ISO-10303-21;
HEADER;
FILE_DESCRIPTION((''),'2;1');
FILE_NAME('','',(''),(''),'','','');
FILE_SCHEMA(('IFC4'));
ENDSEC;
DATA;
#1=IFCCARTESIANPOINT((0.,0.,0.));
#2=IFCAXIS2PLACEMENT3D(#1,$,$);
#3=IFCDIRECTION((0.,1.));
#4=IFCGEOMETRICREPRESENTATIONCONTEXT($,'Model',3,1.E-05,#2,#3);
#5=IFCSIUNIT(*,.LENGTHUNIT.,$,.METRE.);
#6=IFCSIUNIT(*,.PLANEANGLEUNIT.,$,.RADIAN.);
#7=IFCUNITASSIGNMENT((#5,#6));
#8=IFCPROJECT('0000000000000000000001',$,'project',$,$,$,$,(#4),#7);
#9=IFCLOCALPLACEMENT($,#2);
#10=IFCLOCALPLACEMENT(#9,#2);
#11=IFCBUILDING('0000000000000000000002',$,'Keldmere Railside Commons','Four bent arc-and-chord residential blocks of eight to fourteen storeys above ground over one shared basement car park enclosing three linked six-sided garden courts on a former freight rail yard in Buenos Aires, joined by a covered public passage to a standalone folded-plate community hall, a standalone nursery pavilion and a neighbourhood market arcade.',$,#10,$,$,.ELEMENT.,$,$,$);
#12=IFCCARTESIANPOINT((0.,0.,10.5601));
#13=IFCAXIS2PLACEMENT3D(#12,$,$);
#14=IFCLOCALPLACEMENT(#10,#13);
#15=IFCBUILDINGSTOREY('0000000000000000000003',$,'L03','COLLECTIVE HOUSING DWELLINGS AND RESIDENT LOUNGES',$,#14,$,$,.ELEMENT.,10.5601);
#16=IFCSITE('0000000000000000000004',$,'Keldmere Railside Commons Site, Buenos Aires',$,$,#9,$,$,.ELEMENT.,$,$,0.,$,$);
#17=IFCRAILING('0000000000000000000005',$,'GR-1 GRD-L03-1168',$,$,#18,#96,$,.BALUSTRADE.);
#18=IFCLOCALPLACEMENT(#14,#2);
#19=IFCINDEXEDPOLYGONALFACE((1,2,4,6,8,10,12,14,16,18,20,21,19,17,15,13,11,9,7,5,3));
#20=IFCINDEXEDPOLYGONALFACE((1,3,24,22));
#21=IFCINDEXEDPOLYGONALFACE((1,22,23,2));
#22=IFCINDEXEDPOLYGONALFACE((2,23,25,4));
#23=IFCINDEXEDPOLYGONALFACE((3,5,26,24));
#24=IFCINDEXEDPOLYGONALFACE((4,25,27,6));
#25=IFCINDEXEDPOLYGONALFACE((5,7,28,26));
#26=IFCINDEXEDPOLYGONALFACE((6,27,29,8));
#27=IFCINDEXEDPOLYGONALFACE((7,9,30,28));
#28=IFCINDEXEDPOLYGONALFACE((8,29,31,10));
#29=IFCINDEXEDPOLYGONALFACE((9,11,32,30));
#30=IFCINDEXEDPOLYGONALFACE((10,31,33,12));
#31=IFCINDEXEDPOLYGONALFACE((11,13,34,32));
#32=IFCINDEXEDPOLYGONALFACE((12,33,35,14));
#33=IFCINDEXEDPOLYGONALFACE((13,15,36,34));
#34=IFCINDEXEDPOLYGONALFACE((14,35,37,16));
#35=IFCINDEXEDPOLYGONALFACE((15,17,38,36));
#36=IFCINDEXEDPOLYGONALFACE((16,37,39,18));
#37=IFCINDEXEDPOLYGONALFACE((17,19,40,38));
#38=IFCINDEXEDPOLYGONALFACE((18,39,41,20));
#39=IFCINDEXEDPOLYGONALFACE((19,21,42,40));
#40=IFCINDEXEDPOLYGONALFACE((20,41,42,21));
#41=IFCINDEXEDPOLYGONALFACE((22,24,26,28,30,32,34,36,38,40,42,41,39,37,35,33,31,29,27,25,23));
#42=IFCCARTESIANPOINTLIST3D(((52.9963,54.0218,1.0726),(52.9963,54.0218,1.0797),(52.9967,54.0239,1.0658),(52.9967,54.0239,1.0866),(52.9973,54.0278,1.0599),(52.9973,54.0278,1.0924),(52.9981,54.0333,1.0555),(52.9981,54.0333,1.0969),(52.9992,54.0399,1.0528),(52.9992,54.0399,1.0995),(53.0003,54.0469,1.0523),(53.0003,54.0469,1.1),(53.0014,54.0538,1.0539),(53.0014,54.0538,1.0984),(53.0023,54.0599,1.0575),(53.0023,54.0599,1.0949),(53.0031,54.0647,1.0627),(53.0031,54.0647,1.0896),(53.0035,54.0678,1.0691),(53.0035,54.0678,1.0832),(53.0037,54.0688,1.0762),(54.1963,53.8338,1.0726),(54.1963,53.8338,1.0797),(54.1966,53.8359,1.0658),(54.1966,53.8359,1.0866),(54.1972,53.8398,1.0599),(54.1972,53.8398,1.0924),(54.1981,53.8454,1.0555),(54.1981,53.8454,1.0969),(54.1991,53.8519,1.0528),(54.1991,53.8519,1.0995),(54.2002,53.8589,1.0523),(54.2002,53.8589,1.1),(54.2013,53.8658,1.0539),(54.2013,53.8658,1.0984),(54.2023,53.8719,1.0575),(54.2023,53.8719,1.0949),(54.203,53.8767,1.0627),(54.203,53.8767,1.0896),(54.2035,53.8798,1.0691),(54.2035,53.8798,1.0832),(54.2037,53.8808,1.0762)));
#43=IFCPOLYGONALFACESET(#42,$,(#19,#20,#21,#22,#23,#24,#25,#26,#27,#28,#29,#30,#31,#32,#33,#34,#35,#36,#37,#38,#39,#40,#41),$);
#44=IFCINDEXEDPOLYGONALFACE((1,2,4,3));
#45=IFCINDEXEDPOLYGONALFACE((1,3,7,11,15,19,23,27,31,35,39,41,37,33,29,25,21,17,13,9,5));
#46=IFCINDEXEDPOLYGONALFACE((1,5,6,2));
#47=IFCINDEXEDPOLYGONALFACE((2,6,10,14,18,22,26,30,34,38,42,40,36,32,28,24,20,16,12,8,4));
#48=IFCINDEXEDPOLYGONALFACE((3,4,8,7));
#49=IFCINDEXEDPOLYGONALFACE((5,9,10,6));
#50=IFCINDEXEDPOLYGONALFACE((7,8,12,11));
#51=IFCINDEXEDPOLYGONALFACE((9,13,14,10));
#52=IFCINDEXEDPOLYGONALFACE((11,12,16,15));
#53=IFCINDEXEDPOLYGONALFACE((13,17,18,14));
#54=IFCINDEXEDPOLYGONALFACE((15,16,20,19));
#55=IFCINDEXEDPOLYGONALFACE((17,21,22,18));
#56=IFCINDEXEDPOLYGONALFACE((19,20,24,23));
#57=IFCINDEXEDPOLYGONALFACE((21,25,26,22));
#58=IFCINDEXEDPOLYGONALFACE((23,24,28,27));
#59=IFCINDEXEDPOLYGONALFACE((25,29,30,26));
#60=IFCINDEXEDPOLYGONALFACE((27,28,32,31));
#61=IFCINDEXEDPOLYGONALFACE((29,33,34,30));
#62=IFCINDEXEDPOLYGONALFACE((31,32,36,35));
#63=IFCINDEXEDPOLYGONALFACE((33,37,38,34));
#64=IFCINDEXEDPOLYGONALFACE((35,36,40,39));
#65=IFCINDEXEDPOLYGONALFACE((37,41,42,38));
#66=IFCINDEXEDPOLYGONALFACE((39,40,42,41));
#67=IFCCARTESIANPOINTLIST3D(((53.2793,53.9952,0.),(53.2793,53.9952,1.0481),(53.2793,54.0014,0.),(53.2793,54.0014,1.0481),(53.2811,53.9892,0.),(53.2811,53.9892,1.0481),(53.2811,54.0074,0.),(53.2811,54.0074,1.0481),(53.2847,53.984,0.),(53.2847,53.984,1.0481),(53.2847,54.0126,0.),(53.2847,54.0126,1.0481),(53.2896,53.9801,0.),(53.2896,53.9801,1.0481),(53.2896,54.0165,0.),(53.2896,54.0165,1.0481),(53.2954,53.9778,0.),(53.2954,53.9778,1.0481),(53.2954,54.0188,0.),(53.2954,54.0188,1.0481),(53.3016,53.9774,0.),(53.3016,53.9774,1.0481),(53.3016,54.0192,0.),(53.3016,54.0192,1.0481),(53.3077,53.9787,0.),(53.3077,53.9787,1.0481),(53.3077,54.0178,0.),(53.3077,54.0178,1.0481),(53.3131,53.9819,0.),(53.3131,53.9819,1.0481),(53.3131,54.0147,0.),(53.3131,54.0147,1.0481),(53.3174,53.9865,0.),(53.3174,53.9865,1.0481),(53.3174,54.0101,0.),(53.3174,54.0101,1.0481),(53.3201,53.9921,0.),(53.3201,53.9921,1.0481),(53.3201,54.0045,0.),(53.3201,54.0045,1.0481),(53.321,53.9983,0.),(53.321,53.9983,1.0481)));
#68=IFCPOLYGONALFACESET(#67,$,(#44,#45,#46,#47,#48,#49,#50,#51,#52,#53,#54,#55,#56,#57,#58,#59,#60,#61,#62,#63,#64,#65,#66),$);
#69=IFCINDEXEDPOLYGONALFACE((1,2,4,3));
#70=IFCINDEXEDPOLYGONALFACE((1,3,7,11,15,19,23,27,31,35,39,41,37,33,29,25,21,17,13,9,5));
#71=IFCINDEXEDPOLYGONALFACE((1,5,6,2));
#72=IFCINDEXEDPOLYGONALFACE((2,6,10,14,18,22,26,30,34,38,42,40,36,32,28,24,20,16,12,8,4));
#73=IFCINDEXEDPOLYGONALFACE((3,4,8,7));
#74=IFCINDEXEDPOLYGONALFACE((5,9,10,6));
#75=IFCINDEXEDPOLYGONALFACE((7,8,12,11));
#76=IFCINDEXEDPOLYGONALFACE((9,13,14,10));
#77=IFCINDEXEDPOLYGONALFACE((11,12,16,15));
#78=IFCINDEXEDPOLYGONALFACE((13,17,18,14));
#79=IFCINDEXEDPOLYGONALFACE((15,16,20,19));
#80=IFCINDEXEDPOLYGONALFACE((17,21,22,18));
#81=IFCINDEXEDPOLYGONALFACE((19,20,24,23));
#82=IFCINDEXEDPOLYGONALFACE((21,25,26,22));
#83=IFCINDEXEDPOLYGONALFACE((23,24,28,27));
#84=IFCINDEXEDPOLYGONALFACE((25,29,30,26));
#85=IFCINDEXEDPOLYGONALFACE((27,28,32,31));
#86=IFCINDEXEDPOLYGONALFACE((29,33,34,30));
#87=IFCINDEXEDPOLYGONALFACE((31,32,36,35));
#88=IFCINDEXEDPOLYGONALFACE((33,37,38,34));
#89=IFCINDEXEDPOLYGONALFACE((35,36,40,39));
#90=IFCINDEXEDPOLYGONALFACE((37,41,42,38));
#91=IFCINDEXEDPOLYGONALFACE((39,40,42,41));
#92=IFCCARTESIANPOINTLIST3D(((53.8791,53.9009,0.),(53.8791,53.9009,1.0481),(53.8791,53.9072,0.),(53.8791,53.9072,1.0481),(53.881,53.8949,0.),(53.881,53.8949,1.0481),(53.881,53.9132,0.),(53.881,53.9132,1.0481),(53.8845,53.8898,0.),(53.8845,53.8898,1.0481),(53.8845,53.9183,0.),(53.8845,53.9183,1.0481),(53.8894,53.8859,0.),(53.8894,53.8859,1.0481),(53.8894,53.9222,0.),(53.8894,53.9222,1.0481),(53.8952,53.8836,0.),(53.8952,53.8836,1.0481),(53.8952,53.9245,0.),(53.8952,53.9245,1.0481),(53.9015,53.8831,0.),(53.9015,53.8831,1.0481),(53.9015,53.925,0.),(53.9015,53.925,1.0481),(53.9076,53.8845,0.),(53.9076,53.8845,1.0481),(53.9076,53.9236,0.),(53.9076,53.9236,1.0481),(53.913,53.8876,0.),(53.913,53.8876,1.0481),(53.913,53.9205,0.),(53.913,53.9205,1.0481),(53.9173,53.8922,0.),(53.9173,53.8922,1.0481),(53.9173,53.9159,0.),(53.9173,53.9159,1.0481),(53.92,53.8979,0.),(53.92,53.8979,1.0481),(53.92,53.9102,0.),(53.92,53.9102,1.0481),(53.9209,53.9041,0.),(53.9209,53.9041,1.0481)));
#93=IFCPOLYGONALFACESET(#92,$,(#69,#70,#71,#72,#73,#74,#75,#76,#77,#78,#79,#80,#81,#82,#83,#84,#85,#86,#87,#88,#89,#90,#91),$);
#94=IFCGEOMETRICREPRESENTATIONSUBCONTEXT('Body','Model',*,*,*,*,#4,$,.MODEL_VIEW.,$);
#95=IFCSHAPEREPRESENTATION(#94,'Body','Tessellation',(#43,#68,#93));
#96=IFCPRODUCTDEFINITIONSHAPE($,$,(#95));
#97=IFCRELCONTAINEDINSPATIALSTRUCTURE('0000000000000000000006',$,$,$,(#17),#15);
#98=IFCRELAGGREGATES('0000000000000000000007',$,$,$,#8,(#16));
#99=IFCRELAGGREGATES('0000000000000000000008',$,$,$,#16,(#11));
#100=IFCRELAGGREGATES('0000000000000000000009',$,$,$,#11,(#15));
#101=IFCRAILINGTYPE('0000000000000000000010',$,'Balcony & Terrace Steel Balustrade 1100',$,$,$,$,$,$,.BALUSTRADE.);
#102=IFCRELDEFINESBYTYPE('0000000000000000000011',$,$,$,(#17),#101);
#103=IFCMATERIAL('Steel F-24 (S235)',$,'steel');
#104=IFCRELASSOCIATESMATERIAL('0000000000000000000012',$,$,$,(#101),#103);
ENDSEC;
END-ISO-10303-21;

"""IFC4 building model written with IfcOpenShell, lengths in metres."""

from ifc_helpers import new_model, si_unit, direction, frame, origin, origin_2d, place, context, subcontext, project, spatial, circle, extrude, material, type_object, element, save


model = new_model("IFC4")

# Units and contexts
model_context = context("Model", 3, precision=1e-05, world=origin(), true_north=direction((0.0, 1.0)))
body_context = subcontext(model_context, "Body", "Model", "MODEL_VIEW")
ifc_project = project(units=[si_unit("LENGTHUNIT", "METRE"), si_unit("PLANEANGLEUNIT", "RADIAN")], contexts=[model_context])

# Site, building, storey
site_placement = place(None, origin())
site = spatial("IfcSite", under=ifc_project, at=site_placement, Name="Keldmere Railside Commons Site, Buenos Aires", CompositionType="ELEMENT", RefElevation=0.0)
building_placement = place(site_placement, origin())
building = spatial("IfcBuilding", under=site, at=building_placement, Name="Keldmere Railside Commons", Description="Four bent arc-and-chord residential blocks of eight to fourteen storeys above ground over one shared basement car park enclosing three linked six-sided garden courts on a former freight rail yard in Buenos Aires, joined by a covered public passage to a standalone folded-plate community hall, a standalone nursery pavilion and a neighbourhood market arcade.", CompositionType="ELEMENT")
storey_placement = place(building_placement, frame((0.0, 0.0, 10.5601)))
storey = spatial("IfcBuildingStorey", under=building, at=storey_placement, Name="L03", Description="COLLECTIVE HOUSING DWELLINGS AND RESIDENT LOUNGES", CompositionType="ELEMENT", Elevation=10.5601)

# Railing
ifc_material_1 = material(Name="Steel F-24 (S235)", Category="steel")
railing_type = type_object("IfcRailingType", Name="Balcony & Terrace Steel Balustrade 1100", PredefinedType="BALUSTRADE", material=ifc_material_1)
railing_1_placement = place(storey_placement, frame((53.0, 54.0452, 0.0)))
element("IfcRailing", 1, at=railing_1_placement, inside=storey, type_object=railing_type, Name="GR-1 GRD-L03-1168", PredefinedType="BALUSTRADE", context=body_context, shape_type="SweptSolid", body=[
    extrude(circle(Radius=0.0239, at=origin_2d()), frame((0.0, 0.0, 1.0762), z_axis=(0.98795, -0.154775, 0.0), x_axis=(0.154775, 0.98795, 0.0)), (0.0, 0.0, 1.0), 1.2146),
    extrude(circle(Radius=0.021, at=origin_2d()), frame((0.3, -0.0469, 0.0)), (0.0, 0.0, 1.0), 1.0481),
    extrude(circle(Radius=0.021, at=origin_2d()), frame((0.8999, -0.1411, 0.0)), (0.0, 0.0, 1.0), 1.0481),
])

save(model, "model.ifc")
